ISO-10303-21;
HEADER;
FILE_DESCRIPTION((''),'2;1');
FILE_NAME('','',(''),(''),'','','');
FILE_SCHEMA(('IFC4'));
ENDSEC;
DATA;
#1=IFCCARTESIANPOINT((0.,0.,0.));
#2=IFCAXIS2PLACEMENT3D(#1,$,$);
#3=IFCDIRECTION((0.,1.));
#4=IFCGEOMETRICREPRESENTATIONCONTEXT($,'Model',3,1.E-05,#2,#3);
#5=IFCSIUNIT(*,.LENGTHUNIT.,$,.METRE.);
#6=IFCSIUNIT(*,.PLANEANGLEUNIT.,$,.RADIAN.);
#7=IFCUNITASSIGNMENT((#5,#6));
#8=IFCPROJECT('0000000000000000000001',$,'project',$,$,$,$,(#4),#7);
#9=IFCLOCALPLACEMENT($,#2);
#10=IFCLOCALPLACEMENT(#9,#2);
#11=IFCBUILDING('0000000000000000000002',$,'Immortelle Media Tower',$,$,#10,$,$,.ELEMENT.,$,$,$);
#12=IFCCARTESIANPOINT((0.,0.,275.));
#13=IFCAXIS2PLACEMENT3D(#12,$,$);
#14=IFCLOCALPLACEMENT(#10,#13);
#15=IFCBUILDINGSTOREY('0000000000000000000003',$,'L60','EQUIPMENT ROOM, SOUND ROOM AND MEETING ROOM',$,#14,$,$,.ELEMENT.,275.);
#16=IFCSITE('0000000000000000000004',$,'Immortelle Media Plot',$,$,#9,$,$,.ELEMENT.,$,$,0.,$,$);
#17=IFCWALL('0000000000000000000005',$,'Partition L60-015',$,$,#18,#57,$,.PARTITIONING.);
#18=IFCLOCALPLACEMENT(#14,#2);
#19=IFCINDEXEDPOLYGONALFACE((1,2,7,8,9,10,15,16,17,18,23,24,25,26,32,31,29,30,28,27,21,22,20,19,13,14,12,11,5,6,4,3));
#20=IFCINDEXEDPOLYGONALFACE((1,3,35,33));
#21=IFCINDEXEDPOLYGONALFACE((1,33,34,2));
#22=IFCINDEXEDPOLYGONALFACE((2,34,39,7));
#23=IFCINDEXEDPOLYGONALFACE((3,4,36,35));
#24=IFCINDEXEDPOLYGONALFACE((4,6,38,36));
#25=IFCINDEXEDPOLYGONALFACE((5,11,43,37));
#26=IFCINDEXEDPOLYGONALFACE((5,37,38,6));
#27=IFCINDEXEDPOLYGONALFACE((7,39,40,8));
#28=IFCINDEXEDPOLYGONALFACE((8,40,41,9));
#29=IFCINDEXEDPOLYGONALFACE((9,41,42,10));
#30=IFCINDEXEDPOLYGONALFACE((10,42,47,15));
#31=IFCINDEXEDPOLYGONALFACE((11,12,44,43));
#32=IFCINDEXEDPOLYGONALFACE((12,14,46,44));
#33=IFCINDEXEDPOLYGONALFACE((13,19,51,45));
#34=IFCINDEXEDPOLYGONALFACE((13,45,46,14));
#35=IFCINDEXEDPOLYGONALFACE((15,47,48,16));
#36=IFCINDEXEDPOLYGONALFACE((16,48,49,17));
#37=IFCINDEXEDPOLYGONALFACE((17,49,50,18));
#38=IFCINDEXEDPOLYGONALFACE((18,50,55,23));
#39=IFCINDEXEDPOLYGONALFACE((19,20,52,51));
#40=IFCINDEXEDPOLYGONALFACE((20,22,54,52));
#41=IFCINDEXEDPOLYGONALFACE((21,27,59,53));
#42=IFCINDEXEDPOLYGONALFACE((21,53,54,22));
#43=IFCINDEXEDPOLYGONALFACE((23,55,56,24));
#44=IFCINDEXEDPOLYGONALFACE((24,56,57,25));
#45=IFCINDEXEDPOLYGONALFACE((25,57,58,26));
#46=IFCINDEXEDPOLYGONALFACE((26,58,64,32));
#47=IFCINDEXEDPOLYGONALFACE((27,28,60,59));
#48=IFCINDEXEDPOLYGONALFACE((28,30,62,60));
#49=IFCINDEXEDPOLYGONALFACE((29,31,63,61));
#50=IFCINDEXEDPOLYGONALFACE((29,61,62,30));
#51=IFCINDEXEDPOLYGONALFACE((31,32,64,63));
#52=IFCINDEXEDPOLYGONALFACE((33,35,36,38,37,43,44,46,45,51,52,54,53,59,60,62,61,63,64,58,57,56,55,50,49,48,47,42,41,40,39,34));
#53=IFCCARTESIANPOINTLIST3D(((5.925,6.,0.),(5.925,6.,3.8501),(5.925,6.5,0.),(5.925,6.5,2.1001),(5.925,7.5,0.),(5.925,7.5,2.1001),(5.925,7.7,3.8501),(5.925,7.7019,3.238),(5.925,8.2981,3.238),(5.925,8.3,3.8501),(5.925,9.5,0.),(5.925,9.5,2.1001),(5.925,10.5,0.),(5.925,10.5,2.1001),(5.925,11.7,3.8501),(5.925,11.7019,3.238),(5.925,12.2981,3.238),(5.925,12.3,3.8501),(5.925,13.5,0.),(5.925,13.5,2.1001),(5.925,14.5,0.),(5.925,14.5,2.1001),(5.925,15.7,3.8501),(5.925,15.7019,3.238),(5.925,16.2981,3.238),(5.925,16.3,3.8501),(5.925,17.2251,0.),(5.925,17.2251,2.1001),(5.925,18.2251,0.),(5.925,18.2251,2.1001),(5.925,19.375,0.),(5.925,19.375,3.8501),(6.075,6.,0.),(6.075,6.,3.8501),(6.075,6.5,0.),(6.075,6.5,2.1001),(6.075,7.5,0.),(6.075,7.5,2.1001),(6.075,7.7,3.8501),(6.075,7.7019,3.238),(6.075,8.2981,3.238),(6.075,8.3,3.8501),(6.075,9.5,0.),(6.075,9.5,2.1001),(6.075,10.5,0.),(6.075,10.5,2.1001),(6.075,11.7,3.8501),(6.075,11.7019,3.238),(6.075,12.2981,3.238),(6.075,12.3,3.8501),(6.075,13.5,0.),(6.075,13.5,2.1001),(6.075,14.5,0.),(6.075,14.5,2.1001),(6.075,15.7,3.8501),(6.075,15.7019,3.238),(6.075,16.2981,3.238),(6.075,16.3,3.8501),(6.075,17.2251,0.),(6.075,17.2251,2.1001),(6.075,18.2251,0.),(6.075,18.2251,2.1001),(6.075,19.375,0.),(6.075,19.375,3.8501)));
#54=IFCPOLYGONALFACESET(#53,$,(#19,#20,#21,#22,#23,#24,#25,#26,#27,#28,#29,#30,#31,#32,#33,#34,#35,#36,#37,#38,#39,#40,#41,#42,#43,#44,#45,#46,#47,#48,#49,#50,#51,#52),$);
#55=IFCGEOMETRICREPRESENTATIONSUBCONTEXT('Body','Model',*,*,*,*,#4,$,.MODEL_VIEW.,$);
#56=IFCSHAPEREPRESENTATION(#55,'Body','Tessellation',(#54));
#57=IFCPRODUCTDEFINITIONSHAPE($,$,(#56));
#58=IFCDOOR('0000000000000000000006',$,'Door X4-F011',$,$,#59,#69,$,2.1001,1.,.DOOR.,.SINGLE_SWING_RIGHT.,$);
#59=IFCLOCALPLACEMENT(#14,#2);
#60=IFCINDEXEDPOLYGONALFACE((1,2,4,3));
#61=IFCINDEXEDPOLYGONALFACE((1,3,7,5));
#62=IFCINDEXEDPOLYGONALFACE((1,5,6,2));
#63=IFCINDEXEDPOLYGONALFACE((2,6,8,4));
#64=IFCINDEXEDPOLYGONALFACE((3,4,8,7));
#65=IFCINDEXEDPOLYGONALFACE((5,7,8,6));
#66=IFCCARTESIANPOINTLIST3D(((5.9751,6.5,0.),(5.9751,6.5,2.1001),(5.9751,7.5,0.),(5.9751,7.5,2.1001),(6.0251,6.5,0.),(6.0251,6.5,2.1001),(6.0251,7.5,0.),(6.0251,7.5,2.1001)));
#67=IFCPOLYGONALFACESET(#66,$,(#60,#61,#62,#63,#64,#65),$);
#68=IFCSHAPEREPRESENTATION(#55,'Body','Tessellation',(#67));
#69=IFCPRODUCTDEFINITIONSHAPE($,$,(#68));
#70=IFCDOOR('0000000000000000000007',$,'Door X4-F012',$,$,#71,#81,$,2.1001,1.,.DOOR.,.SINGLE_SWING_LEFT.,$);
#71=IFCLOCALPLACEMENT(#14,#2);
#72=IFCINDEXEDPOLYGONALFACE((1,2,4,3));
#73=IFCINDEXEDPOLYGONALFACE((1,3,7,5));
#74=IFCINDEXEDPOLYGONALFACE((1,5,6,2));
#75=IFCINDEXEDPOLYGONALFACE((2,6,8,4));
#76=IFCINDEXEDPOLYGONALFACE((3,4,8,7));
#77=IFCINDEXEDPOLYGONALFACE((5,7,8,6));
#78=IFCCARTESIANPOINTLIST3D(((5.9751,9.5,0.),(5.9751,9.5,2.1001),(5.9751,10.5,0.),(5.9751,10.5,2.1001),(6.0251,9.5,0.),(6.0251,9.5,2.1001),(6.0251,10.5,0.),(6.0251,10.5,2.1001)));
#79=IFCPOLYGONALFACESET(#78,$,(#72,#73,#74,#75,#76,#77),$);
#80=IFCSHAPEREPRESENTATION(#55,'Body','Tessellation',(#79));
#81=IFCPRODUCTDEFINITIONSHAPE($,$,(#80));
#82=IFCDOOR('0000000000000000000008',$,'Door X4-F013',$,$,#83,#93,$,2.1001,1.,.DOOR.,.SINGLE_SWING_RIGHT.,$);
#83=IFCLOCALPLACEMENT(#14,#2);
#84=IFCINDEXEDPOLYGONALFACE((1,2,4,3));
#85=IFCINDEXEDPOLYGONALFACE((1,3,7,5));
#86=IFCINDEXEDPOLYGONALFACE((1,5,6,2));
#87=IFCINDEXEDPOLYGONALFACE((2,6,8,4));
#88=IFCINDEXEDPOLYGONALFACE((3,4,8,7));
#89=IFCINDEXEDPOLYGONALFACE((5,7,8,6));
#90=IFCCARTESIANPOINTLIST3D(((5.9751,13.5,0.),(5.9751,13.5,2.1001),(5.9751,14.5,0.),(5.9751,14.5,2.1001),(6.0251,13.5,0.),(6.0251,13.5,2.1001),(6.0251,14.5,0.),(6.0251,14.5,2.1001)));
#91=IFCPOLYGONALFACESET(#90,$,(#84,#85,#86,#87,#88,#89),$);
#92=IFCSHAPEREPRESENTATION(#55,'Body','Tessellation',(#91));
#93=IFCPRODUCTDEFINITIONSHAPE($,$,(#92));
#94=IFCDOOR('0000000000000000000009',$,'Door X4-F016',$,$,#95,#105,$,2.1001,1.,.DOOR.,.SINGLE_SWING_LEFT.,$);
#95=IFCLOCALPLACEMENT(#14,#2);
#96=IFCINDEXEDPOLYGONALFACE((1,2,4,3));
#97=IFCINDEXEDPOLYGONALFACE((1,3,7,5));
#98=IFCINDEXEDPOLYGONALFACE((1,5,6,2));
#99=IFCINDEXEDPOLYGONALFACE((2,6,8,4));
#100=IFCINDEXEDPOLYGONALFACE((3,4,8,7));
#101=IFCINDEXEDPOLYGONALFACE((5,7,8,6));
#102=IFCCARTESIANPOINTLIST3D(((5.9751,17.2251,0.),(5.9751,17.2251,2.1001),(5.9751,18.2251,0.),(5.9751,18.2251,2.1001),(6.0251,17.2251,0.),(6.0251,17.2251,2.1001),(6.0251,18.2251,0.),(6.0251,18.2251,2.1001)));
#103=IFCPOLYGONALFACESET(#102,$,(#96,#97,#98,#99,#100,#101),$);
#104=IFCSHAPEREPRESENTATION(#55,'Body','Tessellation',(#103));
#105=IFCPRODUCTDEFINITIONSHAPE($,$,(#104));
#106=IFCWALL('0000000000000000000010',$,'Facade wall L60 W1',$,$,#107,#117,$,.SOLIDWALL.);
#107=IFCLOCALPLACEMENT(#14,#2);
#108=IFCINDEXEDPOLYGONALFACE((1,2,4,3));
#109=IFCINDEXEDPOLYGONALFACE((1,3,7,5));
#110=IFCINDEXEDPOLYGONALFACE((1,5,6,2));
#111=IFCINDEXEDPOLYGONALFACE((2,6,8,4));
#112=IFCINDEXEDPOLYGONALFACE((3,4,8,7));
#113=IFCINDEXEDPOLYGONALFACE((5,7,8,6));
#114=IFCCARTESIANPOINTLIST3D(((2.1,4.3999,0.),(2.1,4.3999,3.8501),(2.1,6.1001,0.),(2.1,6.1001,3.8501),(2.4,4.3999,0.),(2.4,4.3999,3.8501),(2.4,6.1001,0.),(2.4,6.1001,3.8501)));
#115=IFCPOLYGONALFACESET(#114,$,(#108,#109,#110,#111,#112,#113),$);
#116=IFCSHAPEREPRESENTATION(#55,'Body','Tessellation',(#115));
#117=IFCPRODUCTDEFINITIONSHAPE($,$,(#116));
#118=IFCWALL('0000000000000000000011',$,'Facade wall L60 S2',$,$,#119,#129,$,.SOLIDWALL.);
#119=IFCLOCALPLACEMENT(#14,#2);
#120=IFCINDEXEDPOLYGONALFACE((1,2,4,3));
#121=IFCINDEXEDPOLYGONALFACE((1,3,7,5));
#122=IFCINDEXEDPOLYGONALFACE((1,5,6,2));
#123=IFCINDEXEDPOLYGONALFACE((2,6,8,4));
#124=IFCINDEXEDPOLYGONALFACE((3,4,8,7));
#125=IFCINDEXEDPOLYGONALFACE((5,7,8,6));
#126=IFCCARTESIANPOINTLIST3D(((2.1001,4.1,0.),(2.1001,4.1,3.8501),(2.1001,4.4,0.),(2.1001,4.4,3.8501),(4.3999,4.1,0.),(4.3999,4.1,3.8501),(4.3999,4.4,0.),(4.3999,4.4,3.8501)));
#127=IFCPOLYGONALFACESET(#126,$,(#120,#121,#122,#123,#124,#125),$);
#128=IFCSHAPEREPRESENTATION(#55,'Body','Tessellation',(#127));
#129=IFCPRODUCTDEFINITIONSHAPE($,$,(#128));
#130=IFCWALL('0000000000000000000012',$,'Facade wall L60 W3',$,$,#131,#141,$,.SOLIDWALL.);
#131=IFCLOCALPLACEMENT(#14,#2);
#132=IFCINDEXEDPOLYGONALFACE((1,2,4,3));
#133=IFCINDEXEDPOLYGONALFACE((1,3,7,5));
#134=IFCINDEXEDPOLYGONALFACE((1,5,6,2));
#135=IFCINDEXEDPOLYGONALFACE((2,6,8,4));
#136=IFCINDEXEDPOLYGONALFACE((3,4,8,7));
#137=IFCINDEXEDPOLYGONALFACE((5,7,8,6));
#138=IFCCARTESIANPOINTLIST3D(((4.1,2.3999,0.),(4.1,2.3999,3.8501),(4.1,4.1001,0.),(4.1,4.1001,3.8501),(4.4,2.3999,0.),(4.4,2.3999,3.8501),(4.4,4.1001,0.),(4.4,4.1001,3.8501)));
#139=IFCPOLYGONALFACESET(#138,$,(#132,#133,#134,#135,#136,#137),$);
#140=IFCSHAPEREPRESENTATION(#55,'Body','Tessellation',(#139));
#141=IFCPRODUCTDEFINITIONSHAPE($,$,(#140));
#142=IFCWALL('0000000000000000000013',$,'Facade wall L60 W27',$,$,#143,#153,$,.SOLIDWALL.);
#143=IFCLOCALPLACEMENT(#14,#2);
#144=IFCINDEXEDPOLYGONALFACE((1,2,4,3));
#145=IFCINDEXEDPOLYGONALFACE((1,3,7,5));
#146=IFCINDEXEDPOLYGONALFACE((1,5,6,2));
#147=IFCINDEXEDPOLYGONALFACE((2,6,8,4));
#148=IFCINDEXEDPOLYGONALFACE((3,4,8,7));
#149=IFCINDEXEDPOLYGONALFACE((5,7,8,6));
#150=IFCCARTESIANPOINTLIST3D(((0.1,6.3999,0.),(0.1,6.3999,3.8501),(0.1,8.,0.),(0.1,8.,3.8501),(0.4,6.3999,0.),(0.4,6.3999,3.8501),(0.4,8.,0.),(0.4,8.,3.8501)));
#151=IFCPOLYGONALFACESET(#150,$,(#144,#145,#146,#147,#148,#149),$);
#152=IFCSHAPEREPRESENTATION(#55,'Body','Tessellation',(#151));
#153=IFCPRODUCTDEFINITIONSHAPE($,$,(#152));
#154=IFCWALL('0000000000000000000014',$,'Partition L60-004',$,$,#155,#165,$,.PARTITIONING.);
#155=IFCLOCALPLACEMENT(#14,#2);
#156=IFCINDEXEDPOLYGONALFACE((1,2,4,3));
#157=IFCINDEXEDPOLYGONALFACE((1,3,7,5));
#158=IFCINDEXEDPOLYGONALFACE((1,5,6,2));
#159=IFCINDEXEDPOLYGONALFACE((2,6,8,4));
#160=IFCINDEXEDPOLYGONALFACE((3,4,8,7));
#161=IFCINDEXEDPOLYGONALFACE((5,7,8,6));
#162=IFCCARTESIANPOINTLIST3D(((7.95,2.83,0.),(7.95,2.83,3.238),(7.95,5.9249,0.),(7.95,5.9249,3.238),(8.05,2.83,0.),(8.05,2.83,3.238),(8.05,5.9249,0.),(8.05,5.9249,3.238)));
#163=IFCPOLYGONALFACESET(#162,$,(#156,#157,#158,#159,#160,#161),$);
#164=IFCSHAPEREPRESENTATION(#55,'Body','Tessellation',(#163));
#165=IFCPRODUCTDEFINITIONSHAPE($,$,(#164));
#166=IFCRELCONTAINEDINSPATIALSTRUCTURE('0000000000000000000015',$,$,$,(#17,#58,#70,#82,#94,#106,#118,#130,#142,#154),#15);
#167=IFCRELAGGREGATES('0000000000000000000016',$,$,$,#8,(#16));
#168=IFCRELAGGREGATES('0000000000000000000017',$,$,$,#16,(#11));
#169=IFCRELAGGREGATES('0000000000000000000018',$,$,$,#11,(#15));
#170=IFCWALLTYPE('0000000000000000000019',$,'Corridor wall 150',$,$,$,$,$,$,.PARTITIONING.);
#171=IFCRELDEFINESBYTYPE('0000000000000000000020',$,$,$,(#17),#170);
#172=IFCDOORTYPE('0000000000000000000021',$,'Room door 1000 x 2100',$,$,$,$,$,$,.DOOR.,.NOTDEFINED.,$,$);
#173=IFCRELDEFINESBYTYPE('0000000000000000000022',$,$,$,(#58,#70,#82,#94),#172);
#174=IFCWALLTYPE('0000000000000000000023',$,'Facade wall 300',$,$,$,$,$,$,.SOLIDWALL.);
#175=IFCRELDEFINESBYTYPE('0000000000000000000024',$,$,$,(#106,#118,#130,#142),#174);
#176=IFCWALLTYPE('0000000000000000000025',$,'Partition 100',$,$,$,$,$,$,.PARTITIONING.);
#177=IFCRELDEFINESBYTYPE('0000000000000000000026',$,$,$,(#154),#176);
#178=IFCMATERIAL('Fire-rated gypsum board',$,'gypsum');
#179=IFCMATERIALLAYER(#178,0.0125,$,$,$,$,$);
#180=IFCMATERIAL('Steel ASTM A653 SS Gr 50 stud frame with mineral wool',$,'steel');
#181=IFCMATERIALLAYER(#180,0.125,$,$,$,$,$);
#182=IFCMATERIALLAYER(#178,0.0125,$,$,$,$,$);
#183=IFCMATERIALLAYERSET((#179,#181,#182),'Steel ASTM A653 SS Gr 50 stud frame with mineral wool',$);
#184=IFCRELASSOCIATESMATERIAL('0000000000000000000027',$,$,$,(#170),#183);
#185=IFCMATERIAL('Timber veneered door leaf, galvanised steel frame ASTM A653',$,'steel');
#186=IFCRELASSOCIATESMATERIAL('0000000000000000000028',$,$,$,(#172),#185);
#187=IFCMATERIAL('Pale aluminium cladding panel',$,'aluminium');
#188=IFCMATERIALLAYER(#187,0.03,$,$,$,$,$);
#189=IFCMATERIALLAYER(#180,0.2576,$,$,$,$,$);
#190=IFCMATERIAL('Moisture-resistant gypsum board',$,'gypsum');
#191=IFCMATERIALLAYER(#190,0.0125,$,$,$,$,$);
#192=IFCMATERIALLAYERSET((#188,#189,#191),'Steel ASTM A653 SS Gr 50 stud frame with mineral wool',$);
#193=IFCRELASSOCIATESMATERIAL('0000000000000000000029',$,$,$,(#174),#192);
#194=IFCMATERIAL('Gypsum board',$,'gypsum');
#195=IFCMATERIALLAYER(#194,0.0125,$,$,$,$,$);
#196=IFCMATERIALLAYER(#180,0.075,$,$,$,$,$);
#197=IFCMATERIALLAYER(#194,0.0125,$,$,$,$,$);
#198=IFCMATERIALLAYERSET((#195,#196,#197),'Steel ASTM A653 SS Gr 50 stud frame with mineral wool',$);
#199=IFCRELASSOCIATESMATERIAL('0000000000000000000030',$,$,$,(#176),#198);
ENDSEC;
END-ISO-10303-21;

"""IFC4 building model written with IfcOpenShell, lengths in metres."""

from ifc_helpers import new_model, si_unit, direction, frame, frame_2d, origin, place, context, subcontext, project, spatial, polyline, rectangle, outline, extrude, material, layer, layer_set, type_object, element, fill, save


model = new_model("IFC4")

# Units and contexts
model_context = context("Model", 3, precision=1e-05, world=origin(), true_north=direction((0.0, 1.0)))
body_context = subcontext(model_context, "Body", "Model", "MODEL_VIEW")
ifc_project = project(units=[si_unit("LENGTHUNIT", "METRE"), si_unit("PLANEANGLEUNIT", "RADIAN")], contexts=[model_context])

# Site, building, storey
site_placement = place(None, origin())
site = spatial("IfcSite", under=ifc_project, at=site_placement, Name="Immortelle Media Plot", CompositionType="ELEMENT", RefElevation=0.0)
building_placement = place(site_placement, origin())
building = spatial("IfcBuilding", under=site, at=building_placement, Name="Immortelle Media Tower", CompositionType="ELEMENT")
storey_placement = place(building_placement, frame((0.0, 0.0, 275.0)))
storey = spatial("IfcBuildingStorey", under=building, at=storey_placement, Name="L60", Description="EQUIPMENT ROOM, SOUND ROOM AND MEETING ROOM", CompositionType="ELEMENT", Elevation=275.0)

# Wall, openings, doors
ifc_material_1 = material(Name="Fire-rated gypsum board", Category="gypsum")
ifc_layer_1 = layer(ifc_material_1, 0.0125)
ifc_material_2 = material(Name="Steel ASTM A653 SS Gr 50 stud frame with mineral wool", Category="steel")
ifc_layer_2 = layer(ifc_material_2, 0.125)
ifc_layer_3 = layer(ifc_material_1, 0.0125)
ifc_layer_set_1 = layer_set([ifc_layer_1, ifc_layer_2, ifc_layer_3], Name="Steel ASTM A653 SS Gr 50 stud frame with mineral wool")
wall_type_1 = type_object("IfcWallType", Name="Corridor wall 150", PredefinedType="PARTITIONING", material=ifc_layer_set_1)
ifc_material_3 = material(Name="Timber veneered door leaf, galvanised steel frame ASTM A653", Category="steel")
door_type = type_object("IfcDoorType", Name="Room door 1000 x 2100", OperationType="NOTDEFINED", PredefinedType="DOOR", material=ifc_material_3)
wall_1_placement = place(storey_placement, frame((6.0, 6.0, 0.0), z_axis=(0.0, 0.0, 1.0), x_axis=(0.0, 1.0, 0.0)))
wall_1 = element("IfcWall", 1, at=wall_1_placement, inside=storey, type_object=wall_type_1, Name="Partition L60-015", PredefinedType="PARTITIONING", context=body_context, shape_type="SweptSolid", body=[
    extrude(outline(polyline([(0.0, 0.0), (13.375, 0.0), (13.375, 3.8501), (10.3, 3.8501), (10.2981, 3.238), (9.7019, 3.238), (9.7, 3.8501), (6.3, 3.8501), (6.2981, 3.238), (5.7019, 3.238), (5.7, 3.8501), (2.3, 3.8501), (2.2981, 3.238), (1.7019, 3.238), (1.7, 3.8501), (0.0, 3.8501), (0.0, 0.0)])), frame((0.0, 0.075, 0.0), z_axis=(0.0, -1.0, 0.0), x_axis=(1.0, 0.0, 0.0)), (0.0, 0.0, 1.0), 0.1499),
])
opening_1_placement = place(wall_1_placement, frame((0.5, 0.0, 0.0)))
opening_1 = element("IfcOpeningElement", 2, at=opening_1_placement, cuts=wall_1, PredefinedType="OPENING", context=body_context, shape_type="SweptSolid", body=[
    extrude(rectangle(XDim=1.0, YDim=2.1001, at=frame_2d((0.5, 1.05))), frame((0.0, 0.085, 0.0), z_axis=(0.0, -1.0, 0.0), x_axis=(1.0, 0.0, 0.0)), (0.0, 0.0, 1.0), 0.1699),
])
opening_2_placement = place(wall_1_placement, frame((3.5, 0.0, 0.0)))
opening_2 = element("IfcOpeningElement", 3, at=opening_2_placement, cuts=wall_1, PredefinedType="OPENING", context=body_context, shape_type="SweptSolid", body=[
    extrude(rectangle(XDim=1.0, YDim=2.1001, at=frame_2d((0.5, 1.05))), frame((0.0, 0.085, 0.0), z_axis=(0.0, -1.0, 0.0), x_axis=(1.0, 0.0, 0.0)), (0.0, 0.0, 1.0), 0.1699),
])
opening_3_placement = place(wall_1_placement, frame((7.5, 0.0, 0.0)))
opening_3 = element("IfcOpeningElement", 4, at=opening_3_placement, cuts=wall_1, PredefinedType="OPENING", context=body_context, shape_type="SweptSolid", body=[
    extrude(rectangle(XDim=1.0, YDim=2.1001, at=frame_2d((0.5, 1.05))), frame((0.0, 0.085, 0.0), z_axis=(0.0, -1.0, 0.0), x_axis=(1.0, 0.0, 0.0)), (0.0, 0.0, 1.0), 0.1699),
])
opening_4_placement = place(wall_1_placement, frame((11.2251, 0.0, 0.0)))
opening_4 = element("IfcOpeningElement", 5, at=opening_4_placement, cuts=wall_1, PredefinedType="OPENING", context=body_context, shape_type="SweptSolid", body=[
    extrude(rectangle(XDim=1.0, YDim=2.1001, at=frame_2d((0.5, 1.05))), frame((0.0, 0.085, 0.0), z_axis=(0.0, -1.0, 0.0), x_axis=(1.0, 0.0, 0.0)), (0.0, 0.0, 1.0), 0.1699),
])
door_1_placement = place(opening_1_placement, origin())
door_1 = element("IfcDoor", 6, at=door_1_placement, inside=storey, type_object=door_type, Name="Door X4-F011", OperationType="SINGLE_SWING_RIGHT", OverallHeight=2.1001, OverallWidth=1.0, PredefinedType="DOOR", context=body_context, shape_type="SweptSolid", body=[
    extrude(rectangle(XDim=1.0, YDim=2.1001, at=frame_2d((0.5, 1.05))), frame((0.0, 0.0249, 0.0), z_axis=(0.0, -1.0, 0.0), x_axis=(1.0, 0.0, 0.0)), (0.0, 0.0, 1.0), 0.05),
])
fill(opening_1, door_1)
door_2_placement = place(opening_2_placement, origin())
door_2 = element("IfcDoor", 7, at=door_2_placement, inside=storey, type_object=door_type, Name="Door X4-F012", OperationType="SINGLE_SWING_LEFT", OverallHeight=2.1001, OverallWidth=1.0, PredefinedType="DOOR", context=body_context, shape_type="SweptSolid", body=[
    extrude(rectangle(XDim=1.0, YDim=2.1001, at=frame_2d((0.5, 1.05))), frame((0.0, 0.0249, 0.0), z_axis=(0.0, -1.0, 0.0), x_axis=(1.0, 0.0, 0.0)), (0.0, 0.0, 1.0), 0.05),
])
fill(opening_2, door_2)
door_3_placement = place(opening_3_placement, origin())
door_3 = element("IfcDoor", 8, at=door_3_placement, inside=storey, type_object=door_type, Name="Door X4-F013", OperationType="SINGLE_SWING_RIGHT", OverallHeight=2.1001, OverallWidth=1.0, PredefinedType="DOOR", context=body_context, shape_type="SweptSolid", body=[
    extrude(rectangle(XDim=1.0, YDim=2.1001, at=frame_2d((0.5, 1.05))), frame((0.0, 0.0249, 0.0), z_axis=(0.0, -1.0, 0.0), x_axis=(1.0, 0.0, 0.0)), (0.0, 0.0, 1.0), 0.05),
])
fill(opening_3, door_3)
door_4_placement = place(opening_4_placement, origin())
door_4 = element("IfcDoor", 9, at=door_4_placement, inside=storey, type_object=door_type, Name="Door X4-F016", OperationType="SINGLE_SWING_LEFT", OverallHeight=2.1001, OverallWidth=1.0, PredefinedType="DOOR", context=body_context, shape_type="SweptSolid", body=[
    extrude(rectangle(XDim=1.0, YDim=2.1001, at=frame_2d((0.5, 1.05))), frame((0.0, 0.0249, 0.0), z_axis=(0.0, -1.0, 0.0), x_axis=(1.0, 0.0, 0.0)), (0.0, 0.0, 1.0), 0.05),
])
fill(opening_4, door_4)

# Walls
ifc_material_4 = material(Name="Pale aluminium cladding panel", Category="aluminium")
ifc_layer_4 = layer(ifc_material_4, 0.03)
ifc_layer_5 = layer(ifc_material_2, 0.2576)
ifc_material_5 = material(Name="Moisture-resistant gypsum board", Category="gypsum")
ifc_layer_6 = layer(ifc_material_5, 0.0125)
ifc_layer_set_2 = layer_set([ifc_layer_4, ifc_layer_5, ifc_layer_6], Name="Steel ASTM A653 SS Gr 50 stud frame with mineral wool")
wall_type_2 = type_object("IfcWallType", Name="Facade wall 300", PredefinedType="SOLIDWALL", material=ifc_layer_set_2)
wall_2_placement = place(storey_placement, frame((2.25, 6.1001, 0.0), z_axis=(0.0, 0.0, 1.0), x_axis=(0.0, -1.0, 0.0)))
element("IfcWall", 10, at=wall_2_placement, inside=storey, type_object=wall_type_2, Name="Facade wall L60 W1", PredefinedType="SOLIDWALL", context=body_context, shape_type="SweptSolid", body=[
    extrude(rectangle(XDim=1.7002, YDim=0.3, at=frame_2d((0.8501, 0.0))), origin(), (0.0, 0.0, 1.0), 3.8501),
])
wall_3_placement = place(storey_placement, frame((2.1001, 4.25, 0.0), z_axis=(0.0, 0.0, 1.0), x_axis=(1.0, 0.0, 0.0)))
element("IfcWall", 11, at=wall_3_placement, inside=storey, type_object=wall_type_2, Name="Facade wall L60 S2", PredefinedType="SOLIDWALL", context=body_context, shape_type="SweptSolid", body=[
    extrude(rectangle(XDim=2.2998, YDim=0.3, at=frame_2d((1.1499, 0.0))), origin(), (0.0, 0.0, 1.0), 3.8501),
])
wall_4_placement = place(storey_placement, frame((4.25, 4.1001, 0.0), z_axis=(0.0, 0.0, 1.0), x_axis=(0.0, -1.0, 0.0)))
element("IfcWall", 12, at=wall_4_placement, inside=storey, type_object=wall_type_2, Name="Facade wall L60 W3", PredefinedType="SOLIDWALL", context=body_context, shape_type="SweptSolid", body=[
    extrude(rectangle(XDim=1.7002, YDim=0.3, at=frame_2d((0.8501, 0.0))), origin(), (0.0, 0.0, 1.0), 3.8501),
])
wall_5_placement = place(storey_placement, frame((0.25, 8.0, 0.0), z_axis=(0.0, 0.0, 1.0), x_axis=(0.0, -1.0, 0.0)))
element("IfcWall", 13, at=wall_5_placement, inside=storey, type_object=wall_type_2, Name="Facade wall L60 W27", PredefinedType="SOLIDWALL", context=body_context, shape_type="SweptSolid", body=[
    extrude(rectangle(XDim=1.6001, YDim=0.3, at=frame_2d((0.8, 0.0))), origin(), (0.0, 0.0, 1.0), 3.8501),
])
ifc_material_6 = material(Name="Gypsum board", Category="gypsum")
ifc_layer_7 = layer(ifc_material_6, 0.0125)
ifc_layer_8 = layer(ifc_material_2, 0.075)
ifc_layer_9 = layer(ifc_material_6, 0.0125)
ifc_layer_set_3 = layer_set([ifc_layer_7, ifc_layer_8, ifc_layer_9], Name="Steel ASTM A653 SS Gr 50 stud frame with mineral wool")
wall_type_3 = type_object("IfcWallType", Name="Partition 100", PredefinedType="PARTITIONING", material=ifc_layer_set_3)
for number, where, z_axis, x_axis, name in (
    (14, (8.0, 2.8301, 0.0), (0.0, 0.0, 1.0), (0.0, 1.0, 0.0), "Partition L60-004"),
):
    element("IfcWall", number, at=place(storey_placement, frame(where, z_axis=z_axis, x_axis=x_axis)), inside=storey, type_object=wall_type_3, Name=name, PredefinedType="PARTITIONING", context=body_context, shape_type="SweptSolid", body=[
        extrude(rectangle(XDim=3.095, YDim=0.1001, at=frame_2d((1.5474, 0.0))), origin(), (0.0, 0.0, 1.0), 3.238),
    ])

save(model, "model.ifc")
